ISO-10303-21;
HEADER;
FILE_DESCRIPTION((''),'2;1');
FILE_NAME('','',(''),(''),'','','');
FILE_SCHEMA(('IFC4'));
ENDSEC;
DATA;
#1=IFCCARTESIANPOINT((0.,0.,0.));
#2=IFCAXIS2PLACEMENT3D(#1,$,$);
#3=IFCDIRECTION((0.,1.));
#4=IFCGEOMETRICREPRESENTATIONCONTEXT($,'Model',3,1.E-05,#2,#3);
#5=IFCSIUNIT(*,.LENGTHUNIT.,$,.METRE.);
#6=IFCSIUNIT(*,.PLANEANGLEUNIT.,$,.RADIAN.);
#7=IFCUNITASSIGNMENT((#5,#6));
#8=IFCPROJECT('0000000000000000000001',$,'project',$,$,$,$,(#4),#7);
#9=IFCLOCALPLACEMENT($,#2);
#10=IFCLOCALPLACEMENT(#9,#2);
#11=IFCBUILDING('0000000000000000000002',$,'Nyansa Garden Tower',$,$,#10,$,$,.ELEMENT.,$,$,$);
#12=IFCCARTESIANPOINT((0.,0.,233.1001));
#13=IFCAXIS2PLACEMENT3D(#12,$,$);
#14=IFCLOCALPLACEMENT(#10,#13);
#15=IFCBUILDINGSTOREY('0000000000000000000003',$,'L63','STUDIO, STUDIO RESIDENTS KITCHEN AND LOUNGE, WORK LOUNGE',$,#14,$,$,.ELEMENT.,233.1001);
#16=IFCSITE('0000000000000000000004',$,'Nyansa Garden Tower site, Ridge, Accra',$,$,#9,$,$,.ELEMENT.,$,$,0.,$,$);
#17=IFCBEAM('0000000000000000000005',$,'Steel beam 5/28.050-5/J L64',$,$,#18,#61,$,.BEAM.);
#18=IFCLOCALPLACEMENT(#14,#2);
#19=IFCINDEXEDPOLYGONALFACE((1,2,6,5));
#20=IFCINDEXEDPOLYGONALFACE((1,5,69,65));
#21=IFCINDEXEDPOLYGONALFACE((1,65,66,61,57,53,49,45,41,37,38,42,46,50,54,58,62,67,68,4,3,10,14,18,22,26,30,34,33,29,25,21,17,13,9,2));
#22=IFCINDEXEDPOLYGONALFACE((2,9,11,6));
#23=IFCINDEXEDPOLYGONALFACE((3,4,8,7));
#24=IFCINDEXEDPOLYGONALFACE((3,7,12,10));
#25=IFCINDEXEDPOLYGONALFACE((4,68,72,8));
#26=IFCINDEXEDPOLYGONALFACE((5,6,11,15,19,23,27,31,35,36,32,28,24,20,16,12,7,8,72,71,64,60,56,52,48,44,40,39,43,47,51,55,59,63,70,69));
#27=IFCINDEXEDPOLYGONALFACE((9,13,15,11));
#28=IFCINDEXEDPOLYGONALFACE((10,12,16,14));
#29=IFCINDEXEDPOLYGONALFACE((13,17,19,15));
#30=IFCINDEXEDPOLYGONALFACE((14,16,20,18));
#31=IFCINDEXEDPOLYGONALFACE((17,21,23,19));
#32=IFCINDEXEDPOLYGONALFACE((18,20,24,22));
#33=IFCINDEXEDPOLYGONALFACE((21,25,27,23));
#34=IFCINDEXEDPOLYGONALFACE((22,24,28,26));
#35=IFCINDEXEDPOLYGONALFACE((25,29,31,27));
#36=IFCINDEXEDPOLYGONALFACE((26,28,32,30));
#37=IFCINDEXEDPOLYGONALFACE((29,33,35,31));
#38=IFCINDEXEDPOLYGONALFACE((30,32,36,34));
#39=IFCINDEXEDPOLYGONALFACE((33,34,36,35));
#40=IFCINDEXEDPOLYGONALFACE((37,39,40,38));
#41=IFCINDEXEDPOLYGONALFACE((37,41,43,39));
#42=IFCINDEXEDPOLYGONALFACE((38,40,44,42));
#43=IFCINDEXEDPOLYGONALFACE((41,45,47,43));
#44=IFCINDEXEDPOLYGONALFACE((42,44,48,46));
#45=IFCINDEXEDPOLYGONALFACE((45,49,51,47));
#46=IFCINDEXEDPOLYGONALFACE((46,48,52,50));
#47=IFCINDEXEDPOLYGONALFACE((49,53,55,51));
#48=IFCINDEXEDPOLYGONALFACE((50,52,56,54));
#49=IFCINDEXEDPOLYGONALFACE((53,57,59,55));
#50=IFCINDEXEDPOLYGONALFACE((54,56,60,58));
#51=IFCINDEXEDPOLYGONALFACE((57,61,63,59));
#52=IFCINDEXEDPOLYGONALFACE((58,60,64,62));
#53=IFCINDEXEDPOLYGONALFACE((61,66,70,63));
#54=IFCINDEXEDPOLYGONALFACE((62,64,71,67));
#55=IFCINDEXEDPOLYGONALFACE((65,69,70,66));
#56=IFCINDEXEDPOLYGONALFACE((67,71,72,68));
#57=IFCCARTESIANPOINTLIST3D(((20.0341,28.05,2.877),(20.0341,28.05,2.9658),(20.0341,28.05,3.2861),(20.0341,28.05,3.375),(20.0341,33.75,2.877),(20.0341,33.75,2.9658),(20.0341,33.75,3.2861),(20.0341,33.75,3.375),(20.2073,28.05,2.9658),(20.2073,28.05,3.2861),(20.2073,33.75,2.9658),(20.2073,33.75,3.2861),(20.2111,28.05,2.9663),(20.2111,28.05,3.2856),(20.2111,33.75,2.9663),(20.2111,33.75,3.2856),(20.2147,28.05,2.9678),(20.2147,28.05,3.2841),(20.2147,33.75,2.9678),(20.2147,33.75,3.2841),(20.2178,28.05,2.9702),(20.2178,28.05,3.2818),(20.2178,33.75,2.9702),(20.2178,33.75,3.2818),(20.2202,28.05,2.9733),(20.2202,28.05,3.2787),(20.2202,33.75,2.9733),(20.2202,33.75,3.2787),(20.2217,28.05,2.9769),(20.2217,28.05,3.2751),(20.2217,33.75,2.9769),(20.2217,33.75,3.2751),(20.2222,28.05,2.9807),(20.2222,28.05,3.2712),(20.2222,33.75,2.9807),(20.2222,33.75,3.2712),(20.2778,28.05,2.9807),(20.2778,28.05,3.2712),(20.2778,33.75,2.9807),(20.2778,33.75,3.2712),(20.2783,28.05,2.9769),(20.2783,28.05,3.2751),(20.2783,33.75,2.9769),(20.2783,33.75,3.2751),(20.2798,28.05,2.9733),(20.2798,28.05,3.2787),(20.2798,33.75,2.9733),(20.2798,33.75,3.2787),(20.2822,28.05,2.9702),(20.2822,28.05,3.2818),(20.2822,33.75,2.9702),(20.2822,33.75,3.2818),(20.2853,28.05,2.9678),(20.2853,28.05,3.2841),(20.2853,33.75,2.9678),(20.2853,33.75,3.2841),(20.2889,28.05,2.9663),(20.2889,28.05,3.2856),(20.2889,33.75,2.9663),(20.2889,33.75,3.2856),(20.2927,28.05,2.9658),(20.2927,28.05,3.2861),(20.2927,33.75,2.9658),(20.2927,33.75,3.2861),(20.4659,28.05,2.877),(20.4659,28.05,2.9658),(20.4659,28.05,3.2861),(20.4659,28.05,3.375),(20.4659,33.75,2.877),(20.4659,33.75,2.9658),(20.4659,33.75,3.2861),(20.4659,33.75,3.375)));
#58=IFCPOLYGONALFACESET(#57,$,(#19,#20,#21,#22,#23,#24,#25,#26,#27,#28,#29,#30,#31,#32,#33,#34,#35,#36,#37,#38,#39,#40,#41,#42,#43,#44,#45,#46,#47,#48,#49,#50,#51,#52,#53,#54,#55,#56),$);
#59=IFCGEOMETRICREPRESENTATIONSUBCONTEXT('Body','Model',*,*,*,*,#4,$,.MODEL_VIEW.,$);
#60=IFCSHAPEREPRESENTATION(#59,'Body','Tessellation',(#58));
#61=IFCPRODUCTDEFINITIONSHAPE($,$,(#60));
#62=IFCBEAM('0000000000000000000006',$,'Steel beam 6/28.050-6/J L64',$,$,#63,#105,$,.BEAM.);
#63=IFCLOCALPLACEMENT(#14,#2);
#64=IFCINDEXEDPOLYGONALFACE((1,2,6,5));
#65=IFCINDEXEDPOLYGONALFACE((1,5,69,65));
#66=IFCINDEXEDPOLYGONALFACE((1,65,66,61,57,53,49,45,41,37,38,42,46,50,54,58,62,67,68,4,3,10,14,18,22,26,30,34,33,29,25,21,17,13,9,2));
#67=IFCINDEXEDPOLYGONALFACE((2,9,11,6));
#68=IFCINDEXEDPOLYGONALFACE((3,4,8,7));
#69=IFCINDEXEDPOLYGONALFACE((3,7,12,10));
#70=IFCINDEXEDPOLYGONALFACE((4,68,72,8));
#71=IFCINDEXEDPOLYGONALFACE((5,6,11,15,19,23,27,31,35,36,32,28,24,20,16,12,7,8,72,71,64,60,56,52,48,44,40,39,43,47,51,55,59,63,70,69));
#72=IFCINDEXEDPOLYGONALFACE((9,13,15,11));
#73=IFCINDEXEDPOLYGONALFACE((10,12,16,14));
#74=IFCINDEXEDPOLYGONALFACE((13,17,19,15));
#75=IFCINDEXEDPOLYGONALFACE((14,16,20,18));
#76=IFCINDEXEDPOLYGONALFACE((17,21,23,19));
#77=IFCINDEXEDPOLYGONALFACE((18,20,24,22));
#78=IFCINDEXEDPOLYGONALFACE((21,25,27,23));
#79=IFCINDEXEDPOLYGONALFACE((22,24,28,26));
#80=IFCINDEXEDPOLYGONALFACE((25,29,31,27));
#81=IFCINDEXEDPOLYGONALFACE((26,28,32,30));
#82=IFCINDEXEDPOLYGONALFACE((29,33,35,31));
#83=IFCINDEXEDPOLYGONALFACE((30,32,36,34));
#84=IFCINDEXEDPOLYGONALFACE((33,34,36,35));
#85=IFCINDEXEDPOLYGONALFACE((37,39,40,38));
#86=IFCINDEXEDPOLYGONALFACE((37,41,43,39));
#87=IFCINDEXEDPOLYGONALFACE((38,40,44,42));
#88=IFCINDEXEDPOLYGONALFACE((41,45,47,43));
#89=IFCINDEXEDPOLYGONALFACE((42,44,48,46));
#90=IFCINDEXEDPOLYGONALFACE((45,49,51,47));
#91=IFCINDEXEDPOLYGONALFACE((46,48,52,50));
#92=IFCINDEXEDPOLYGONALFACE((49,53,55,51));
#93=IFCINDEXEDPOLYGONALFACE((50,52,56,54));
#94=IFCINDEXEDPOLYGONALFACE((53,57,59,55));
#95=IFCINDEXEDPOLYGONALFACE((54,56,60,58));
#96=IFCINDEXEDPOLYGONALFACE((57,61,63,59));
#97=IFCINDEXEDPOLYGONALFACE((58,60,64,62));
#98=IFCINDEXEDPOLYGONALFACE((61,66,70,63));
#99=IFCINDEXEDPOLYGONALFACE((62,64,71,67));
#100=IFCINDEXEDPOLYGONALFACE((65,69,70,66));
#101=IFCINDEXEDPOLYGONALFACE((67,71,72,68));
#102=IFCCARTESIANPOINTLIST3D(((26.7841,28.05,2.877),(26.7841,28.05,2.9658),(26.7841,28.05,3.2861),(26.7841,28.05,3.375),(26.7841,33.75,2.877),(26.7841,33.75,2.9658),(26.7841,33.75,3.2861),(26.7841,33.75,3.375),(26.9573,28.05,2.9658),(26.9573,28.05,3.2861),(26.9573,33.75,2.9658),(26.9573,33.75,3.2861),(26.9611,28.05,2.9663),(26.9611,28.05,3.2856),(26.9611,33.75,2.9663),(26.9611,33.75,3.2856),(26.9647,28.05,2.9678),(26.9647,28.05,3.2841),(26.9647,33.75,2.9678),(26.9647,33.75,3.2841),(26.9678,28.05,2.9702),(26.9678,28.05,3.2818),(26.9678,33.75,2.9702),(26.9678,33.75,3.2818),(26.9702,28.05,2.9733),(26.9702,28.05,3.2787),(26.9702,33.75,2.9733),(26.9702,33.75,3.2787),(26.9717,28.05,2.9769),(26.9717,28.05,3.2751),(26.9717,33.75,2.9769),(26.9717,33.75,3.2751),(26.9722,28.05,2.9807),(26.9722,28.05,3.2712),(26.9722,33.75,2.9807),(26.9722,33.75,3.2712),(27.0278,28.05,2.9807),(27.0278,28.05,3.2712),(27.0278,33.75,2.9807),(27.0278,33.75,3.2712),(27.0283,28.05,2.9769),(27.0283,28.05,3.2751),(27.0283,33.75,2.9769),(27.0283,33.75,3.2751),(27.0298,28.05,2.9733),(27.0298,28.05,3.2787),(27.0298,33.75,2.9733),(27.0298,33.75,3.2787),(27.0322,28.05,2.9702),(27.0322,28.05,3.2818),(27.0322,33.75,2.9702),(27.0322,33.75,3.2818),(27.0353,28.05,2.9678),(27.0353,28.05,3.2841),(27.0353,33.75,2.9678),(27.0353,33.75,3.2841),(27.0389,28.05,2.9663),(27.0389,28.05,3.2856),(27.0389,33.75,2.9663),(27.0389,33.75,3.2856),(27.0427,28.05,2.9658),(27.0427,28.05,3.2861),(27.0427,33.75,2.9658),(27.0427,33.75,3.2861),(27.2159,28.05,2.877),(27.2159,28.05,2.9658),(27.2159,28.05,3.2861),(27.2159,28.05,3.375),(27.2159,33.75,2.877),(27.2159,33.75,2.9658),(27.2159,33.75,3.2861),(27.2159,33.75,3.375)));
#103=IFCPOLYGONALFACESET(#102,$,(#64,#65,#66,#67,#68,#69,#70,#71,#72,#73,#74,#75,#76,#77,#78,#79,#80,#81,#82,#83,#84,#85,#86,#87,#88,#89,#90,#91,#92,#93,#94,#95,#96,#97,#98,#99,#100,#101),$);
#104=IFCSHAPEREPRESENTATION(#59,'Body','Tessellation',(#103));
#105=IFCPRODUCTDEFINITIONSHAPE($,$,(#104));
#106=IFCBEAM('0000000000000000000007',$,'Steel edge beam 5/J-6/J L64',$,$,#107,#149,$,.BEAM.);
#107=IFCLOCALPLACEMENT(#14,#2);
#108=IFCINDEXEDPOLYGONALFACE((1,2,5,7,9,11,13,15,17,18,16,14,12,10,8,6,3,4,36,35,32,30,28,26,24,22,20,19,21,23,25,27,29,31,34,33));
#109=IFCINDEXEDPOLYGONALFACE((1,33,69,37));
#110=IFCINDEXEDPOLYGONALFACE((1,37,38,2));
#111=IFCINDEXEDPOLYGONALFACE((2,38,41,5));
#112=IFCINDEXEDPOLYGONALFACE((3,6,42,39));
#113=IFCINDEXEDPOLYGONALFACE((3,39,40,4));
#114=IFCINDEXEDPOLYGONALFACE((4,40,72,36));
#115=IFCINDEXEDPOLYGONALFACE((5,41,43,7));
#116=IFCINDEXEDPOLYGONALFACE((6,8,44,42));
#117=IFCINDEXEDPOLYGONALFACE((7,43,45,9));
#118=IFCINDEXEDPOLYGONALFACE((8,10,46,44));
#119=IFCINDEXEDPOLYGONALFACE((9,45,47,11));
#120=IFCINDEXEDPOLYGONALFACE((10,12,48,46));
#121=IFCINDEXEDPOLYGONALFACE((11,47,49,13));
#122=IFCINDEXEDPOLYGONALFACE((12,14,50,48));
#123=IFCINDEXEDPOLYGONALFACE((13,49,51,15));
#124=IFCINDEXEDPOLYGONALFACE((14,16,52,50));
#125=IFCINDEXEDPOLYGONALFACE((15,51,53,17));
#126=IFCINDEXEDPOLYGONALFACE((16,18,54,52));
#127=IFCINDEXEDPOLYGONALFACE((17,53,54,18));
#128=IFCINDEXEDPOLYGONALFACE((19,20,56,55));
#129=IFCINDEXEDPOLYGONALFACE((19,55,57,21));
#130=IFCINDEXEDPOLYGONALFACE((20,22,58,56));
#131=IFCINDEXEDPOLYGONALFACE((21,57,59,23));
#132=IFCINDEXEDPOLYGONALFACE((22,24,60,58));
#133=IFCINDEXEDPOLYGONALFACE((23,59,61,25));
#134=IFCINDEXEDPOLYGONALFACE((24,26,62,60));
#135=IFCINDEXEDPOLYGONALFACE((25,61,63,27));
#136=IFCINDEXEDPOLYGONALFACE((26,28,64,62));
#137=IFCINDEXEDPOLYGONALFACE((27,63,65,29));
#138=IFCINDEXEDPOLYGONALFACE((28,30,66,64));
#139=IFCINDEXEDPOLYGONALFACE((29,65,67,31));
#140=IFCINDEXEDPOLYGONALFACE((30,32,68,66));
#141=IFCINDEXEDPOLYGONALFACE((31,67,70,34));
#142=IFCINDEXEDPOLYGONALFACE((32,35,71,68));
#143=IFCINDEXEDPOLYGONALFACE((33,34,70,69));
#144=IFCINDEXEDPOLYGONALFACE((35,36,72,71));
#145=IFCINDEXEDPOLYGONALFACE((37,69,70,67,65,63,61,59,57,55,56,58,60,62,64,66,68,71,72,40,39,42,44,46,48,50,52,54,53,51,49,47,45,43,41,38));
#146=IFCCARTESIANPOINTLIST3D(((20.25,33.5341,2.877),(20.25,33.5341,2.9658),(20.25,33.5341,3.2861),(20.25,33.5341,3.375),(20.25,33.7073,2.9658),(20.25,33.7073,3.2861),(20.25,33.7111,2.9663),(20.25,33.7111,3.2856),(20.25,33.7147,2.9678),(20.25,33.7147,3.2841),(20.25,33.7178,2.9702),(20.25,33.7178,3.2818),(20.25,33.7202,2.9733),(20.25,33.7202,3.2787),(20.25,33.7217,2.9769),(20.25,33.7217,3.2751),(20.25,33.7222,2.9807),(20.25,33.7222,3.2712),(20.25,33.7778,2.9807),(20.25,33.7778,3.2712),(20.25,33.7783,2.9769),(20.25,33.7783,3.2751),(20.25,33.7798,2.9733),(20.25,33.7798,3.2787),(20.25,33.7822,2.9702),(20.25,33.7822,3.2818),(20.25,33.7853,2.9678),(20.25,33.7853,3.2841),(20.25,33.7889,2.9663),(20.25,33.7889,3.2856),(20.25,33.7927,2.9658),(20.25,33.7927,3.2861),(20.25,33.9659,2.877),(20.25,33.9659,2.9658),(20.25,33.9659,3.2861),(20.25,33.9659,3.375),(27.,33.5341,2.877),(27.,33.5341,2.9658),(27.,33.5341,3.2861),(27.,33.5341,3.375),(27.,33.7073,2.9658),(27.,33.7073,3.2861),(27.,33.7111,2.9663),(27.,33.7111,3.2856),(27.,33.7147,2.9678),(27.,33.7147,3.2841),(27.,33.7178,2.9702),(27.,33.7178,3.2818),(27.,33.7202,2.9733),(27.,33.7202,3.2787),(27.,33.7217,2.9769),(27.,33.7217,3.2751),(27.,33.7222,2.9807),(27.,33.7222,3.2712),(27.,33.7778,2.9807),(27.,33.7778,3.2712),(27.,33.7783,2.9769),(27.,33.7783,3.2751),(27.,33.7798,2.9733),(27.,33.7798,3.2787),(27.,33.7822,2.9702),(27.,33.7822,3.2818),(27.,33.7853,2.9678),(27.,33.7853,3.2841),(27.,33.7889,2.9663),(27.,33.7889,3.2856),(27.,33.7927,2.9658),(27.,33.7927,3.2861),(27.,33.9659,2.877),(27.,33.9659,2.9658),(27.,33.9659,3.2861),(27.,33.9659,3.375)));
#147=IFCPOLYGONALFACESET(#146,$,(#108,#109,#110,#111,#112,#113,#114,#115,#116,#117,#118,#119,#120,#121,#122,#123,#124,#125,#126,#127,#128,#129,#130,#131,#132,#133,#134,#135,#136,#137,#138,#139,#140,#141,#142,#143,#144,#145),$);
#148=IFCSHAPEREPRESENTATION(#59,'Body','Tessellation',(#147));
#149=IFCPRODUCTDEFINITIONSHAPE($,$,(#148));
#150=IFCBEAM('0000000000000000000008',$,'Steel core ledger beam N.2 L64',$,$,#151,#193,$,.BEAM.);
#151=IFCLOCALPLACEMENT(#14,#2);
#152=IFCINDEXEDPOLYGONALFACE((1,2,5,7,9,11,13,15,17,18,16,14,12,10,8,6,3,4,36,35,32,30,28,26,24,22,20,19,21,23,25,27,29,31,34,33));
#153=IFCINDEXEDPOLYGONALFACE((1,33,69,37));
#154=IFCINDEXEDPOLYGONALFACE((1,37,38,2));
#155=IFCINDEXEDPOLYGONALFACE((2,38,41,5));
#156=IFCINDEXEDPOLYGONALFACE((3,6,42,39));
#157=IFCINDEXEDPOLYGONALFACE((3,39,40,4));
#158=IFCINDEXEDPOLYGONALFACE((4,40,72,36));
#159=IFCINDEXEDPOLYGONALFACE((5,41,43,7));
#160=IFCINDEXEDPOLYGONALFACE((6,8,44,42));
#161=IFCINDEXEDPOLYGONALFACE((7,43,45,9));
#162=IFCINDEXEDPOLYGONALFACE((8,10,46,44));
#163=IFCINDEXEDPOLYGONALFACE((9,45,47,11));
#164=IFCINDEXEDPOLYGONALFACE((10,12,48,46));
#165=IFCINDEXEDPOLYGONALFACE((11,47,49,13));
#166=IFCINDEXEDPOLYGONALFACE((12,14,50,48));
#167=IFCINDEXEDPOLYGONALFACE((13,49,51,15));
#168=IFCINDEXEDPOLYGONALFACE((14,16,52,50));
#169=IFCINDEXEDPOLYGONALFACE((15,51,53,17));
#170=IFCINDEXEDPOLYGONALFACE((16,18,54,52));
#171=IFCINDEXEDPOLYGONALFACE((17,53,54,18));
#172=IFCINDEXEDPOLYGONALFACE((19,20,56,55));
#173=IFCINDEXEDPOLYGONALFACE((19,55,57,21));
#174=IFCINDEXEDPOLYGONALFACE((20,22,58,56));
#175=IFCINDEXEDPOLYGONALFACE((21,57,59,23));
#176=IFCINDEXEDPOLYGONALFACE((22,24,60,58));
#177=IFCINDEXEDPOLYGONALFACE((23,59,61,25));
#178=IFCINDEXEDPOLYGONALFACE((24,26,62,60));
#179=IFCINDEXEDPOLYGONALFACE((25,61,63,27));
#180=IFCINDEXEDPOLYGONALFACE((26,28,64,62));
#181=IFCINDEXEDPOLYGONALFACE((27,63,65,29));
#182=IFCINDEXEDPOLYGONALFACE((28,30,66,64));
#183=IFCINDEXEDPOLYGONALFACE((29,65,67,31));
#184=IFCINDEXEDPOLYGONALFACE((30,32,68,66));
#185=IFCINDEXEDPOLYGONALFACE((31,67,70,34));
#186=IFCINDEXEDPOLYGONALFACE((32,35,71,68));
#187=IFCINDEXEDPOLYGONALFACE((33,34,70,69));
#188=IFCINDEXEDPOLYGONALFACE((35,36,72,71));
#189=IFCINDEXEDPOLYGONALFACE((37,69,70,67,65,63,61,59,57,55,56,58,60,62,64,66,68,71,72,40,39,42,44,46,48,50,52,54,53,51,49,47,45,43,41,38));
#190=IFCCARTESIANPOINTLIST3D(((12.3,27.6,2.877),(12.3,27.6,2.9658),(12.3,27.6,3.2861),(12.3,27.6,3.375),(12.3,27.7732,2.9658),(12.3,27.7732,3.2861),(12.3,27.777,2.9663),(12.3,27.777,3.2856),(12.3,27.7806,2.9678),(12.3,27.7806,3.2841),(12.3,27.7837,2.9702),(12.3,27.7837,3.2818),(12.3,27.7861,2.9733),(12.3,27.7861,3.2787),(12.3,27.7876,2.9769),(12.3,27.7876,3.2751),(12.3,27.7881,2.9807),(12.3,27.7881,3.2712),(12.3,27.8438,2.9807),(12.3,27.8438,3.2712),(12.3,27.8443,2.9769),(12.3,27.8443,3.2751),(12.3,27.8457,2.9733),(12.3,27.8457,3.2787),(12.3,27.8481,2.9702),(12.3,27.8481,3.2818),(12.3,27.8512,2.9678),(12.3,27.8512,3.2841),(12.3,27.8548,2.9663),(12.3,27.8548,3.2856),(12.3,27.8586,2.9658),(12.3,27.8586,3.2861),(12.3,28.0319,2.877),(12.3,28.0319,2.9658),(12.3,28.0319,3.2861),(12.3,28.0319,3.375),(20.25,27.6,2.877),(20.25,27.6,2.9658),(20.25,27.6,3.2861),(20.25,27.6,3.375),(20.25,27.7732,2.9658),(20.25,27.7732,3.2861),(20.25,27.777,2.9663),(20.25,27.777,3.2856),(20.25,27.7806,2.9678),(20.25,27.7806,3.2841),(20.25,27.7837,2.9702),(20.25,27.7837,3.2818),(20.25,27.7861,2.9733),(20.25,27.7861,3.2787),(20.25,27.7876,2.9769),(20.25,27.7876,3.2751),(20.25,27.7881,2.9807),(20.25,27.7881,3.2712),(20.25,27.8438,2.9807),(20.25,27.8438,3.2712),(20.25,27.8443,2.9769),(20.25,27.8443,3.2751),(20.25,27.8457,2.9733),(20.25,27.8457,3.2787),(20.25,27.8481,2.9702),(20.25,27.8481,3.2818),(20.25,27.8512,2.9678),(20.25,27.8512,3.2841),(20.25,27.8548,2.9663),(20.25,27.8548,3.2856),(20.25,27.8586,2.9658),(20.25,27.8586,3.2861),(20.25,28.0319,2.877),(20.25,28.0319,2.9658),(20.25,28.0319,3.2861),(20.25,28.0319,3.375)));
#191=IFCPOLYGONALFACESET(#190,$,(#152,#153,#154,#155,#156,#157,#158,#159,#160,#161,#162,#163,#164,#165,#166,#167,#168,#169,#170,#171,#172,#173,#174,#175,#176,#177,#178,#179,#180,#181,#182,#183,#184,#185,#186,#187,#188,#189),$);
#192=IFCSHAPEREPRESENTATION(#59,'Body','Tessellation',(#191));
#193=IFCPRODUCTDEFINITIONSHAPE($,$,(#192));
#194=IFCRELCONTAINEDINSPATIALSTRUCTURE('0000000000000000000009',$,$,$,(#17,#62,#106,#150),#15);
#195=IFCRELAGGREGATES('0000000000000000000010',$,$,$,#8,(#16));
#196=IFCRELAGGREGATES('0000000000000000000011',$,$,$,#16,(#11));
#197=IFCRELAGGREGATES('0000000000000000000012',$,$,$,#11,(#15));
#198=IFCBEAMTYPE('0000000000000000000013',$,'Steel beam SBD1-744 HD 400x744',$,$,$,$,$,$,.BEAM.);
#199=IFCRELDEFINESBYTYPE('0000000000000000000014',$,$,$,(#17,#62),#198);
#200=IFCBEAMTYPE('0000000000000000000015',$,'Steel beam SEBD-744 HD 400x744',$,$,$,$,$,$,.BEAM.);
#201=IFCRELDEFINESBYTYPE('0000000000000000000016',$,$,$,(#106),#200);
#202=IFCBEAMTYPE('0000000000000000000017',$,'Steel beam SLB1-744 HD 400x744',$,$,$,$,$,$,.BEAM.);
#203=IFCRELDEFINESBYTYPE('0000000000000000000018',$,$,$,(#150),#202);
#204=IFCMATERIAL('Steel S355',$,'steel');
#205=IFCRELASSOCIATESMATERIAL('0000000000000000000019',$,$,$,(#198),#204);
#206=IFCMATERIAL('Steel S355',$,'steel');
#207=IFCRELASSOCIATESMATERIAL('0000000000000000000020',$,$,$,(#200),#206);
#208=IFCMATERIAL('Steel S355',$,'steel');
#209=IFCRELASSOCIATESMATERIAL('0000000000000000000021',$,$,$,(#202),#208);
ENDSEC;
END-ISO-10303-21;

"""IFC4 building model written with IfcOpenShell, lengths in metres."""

from ifc_helpers import new_model, si_unit, direction, frame, origin, origin_2d, place, context, subcontext, project, spatial, i_section, extrude, material, material_profile, profile_set, type_object, element, save


model = new_model("IFC4")

# Units and contexts
model_context = context("Model", 3, precision=1e-05, world=origin(), true_north=direction((0.0, 1.0)))
body_context = subcontext(model_context, "Body", "Model", "MODEL_VIEW")
ifc_project = project(units=[si_unit("LENGTHUNIT", "METRE"), si_unit("PLANEANGLEUNIT", "RADIAN")], contexts=[model_context])

# Site, building, storey
site_placement = place(None, origin())
site = spatial("IfcSite", under=ifc_project, at=site_placement, Name="Nyansa Garden Tower site, Ridge, Accra", CompositionType="ELEMENT", RefElevation=0.0)
building_placement = place(site_placement, origin())
building = spatial("IfcBuilding", under=site, at=building_placement, Name="Nyansa Garden Tower", CompositionType="ELEMENT")
storey_placement = place(building_placement, frame((0.0, 0.0, 233.1001)))
storey = spatial("IfcBuildingStorey", under=building, at=storey_placement, Name="L63", Description="STUDIO, STUDIO RESIDENTS KITCHEN AND LOUNGE, WORK LOUNGE", CompositionType="ELEMENT", Elevation=233.1001)

# Beams
ifc_material_1 = material(Name="Steel S355", Category="steel")
ifc_material_profile_1 = material_profile(ifc_material_1, i_section(OverallWidth=0.4319, OverallDepth=0.498, WebThickness=0.0557, FlangeThickness=0.0889, FilletRadius=0.0149, at=origin_2d()), Name="HD 400x744")
ifc_profile_set_1 = profile_set([ifc_material_profile_1], Name="Steel S355")
beam_type_1 = type_object("IfcBeamType", Name="Steel beam SBD1-744 HD 400x744", PredefinedType="BEAM", material=ifc_profile_set_1)
for number, where, z_axis, x_axis, name in (
    (1, (20.25, 28.05, 3.126), (0.0, 1.0, 0.0), (-1.0, 0.0, 0.0), "Steel beam 5/28.050-5/J L64"),
    (2, (27.0, 28.05, 3.126), (0.0, 1.0, 0.0), (-1.0, 0.0, 0.0), "Steel beam 6/28.050-6/J L64"),
):
    element("IfcBeam", number, at=place(storey_placement, frame(where, z_axis=z_axis, x_axis=x_axis)), inside=storey, type_object=beam_type_1, Name=name, PredefinedType="BEAM", context=body_context, shape_type="SweptSolid", body=[
        extrude(i_section(OverallWidth=0.4319, OverallDepth=0.498, WebThickness=0.0557, FlangeThickness=0.0889, FilletRadius=0.0149, at=origin_2d()), origin(), (0.0, 0.0, 1.0), 5.7),
    ])
ifc_material_2 = material(Name="Steel S355", Category="steel")
ifc_material_profile_2 = material_profile(ifc_material_2, i_section(OverallWidth=0.4319, OverallDepth=0.498, WebThickness=0.0557, FlangeThickness=0.0889, FilletRadius=0.0149, at=origin_2d()), Name="HD 400x744")
ifc_profile_set_2 = profile_set([ifc_material_profile_2], Name="Steel S355")
beam_type_2 = type_object("IfcBeamType", Name="Steel beam SEBD-744 HD 400x744", PredefinedType="BEAM", material=ifc_profile_set_2)
beam_1_placement = place(storey_placement, frame((20.25, 33.75, 3.126), z_axis=(1.0, 0.0, 0.0), x_axis=(0.0, 1.0, 0.0)))
element("IfcBeam", 3, at=beam_1_placement, inside=storey, type_object=beam_type_2, Name="Steel edge beam 5/J-6/J L64", PredefinedType="BEAM", context=body_context, shape_type="SweptSolid", body=[
    extrude(i_section(OverallWidth=0.4319, OverallDepth=0.498, WebThickness=0.0557, FlangeThickness=0.0889, FilletRadius=0.0149, at=origin_2d()), origin(), (0.0, 0.0, 1.0), 6.75),
])
ifc_material_3 = material(Name="Steel S355", Category="steel")
ifc_material_profile_3 = material_profile(ifc_material_3, i_section(OverallWidth=0.4319, OverallDepth=0.498, WebThickness=0.0557, FlangeThickness=0.0889, FilletRadius=0.0149, at=origin_2d()), Name="HD 400x744")
ifc_profile_set_3 = profile_set([ifc_material_profile_3], Name="Steel S355")
beam_type_3 = type_object("IfcBeamType", Name="Steel beam SLB1-744 HD 400x744", PredefinedType="BEAM", material=ifc_profile_set_3)
beam_2_placement = place(storey_placement, frame((20.25, 27.8159, 3.126), z_axis=(-1.0, 0.0, 0.0), x_axis=(0.0, -1.0, 0.0)))
element("IfcBeam", 4, at=beam_2_placement, inside=storey, type_object=beam_type_3, Name="Steel core ledger beam N.2 L64", PredefinedType="BEAM", context=body_context, shape_type="SweptSolid", body=[
    extrude(i_section(OverallWidth=0.4319, OverallDepth=0.498, WebThickness=0.0557, FlangeThickness=0.0889, FilletRadius=0.0149, at=origin_2d()), origin(), (0.0, 0.0, 1.0), 7.95),
])

save(model, "model.ifc")
